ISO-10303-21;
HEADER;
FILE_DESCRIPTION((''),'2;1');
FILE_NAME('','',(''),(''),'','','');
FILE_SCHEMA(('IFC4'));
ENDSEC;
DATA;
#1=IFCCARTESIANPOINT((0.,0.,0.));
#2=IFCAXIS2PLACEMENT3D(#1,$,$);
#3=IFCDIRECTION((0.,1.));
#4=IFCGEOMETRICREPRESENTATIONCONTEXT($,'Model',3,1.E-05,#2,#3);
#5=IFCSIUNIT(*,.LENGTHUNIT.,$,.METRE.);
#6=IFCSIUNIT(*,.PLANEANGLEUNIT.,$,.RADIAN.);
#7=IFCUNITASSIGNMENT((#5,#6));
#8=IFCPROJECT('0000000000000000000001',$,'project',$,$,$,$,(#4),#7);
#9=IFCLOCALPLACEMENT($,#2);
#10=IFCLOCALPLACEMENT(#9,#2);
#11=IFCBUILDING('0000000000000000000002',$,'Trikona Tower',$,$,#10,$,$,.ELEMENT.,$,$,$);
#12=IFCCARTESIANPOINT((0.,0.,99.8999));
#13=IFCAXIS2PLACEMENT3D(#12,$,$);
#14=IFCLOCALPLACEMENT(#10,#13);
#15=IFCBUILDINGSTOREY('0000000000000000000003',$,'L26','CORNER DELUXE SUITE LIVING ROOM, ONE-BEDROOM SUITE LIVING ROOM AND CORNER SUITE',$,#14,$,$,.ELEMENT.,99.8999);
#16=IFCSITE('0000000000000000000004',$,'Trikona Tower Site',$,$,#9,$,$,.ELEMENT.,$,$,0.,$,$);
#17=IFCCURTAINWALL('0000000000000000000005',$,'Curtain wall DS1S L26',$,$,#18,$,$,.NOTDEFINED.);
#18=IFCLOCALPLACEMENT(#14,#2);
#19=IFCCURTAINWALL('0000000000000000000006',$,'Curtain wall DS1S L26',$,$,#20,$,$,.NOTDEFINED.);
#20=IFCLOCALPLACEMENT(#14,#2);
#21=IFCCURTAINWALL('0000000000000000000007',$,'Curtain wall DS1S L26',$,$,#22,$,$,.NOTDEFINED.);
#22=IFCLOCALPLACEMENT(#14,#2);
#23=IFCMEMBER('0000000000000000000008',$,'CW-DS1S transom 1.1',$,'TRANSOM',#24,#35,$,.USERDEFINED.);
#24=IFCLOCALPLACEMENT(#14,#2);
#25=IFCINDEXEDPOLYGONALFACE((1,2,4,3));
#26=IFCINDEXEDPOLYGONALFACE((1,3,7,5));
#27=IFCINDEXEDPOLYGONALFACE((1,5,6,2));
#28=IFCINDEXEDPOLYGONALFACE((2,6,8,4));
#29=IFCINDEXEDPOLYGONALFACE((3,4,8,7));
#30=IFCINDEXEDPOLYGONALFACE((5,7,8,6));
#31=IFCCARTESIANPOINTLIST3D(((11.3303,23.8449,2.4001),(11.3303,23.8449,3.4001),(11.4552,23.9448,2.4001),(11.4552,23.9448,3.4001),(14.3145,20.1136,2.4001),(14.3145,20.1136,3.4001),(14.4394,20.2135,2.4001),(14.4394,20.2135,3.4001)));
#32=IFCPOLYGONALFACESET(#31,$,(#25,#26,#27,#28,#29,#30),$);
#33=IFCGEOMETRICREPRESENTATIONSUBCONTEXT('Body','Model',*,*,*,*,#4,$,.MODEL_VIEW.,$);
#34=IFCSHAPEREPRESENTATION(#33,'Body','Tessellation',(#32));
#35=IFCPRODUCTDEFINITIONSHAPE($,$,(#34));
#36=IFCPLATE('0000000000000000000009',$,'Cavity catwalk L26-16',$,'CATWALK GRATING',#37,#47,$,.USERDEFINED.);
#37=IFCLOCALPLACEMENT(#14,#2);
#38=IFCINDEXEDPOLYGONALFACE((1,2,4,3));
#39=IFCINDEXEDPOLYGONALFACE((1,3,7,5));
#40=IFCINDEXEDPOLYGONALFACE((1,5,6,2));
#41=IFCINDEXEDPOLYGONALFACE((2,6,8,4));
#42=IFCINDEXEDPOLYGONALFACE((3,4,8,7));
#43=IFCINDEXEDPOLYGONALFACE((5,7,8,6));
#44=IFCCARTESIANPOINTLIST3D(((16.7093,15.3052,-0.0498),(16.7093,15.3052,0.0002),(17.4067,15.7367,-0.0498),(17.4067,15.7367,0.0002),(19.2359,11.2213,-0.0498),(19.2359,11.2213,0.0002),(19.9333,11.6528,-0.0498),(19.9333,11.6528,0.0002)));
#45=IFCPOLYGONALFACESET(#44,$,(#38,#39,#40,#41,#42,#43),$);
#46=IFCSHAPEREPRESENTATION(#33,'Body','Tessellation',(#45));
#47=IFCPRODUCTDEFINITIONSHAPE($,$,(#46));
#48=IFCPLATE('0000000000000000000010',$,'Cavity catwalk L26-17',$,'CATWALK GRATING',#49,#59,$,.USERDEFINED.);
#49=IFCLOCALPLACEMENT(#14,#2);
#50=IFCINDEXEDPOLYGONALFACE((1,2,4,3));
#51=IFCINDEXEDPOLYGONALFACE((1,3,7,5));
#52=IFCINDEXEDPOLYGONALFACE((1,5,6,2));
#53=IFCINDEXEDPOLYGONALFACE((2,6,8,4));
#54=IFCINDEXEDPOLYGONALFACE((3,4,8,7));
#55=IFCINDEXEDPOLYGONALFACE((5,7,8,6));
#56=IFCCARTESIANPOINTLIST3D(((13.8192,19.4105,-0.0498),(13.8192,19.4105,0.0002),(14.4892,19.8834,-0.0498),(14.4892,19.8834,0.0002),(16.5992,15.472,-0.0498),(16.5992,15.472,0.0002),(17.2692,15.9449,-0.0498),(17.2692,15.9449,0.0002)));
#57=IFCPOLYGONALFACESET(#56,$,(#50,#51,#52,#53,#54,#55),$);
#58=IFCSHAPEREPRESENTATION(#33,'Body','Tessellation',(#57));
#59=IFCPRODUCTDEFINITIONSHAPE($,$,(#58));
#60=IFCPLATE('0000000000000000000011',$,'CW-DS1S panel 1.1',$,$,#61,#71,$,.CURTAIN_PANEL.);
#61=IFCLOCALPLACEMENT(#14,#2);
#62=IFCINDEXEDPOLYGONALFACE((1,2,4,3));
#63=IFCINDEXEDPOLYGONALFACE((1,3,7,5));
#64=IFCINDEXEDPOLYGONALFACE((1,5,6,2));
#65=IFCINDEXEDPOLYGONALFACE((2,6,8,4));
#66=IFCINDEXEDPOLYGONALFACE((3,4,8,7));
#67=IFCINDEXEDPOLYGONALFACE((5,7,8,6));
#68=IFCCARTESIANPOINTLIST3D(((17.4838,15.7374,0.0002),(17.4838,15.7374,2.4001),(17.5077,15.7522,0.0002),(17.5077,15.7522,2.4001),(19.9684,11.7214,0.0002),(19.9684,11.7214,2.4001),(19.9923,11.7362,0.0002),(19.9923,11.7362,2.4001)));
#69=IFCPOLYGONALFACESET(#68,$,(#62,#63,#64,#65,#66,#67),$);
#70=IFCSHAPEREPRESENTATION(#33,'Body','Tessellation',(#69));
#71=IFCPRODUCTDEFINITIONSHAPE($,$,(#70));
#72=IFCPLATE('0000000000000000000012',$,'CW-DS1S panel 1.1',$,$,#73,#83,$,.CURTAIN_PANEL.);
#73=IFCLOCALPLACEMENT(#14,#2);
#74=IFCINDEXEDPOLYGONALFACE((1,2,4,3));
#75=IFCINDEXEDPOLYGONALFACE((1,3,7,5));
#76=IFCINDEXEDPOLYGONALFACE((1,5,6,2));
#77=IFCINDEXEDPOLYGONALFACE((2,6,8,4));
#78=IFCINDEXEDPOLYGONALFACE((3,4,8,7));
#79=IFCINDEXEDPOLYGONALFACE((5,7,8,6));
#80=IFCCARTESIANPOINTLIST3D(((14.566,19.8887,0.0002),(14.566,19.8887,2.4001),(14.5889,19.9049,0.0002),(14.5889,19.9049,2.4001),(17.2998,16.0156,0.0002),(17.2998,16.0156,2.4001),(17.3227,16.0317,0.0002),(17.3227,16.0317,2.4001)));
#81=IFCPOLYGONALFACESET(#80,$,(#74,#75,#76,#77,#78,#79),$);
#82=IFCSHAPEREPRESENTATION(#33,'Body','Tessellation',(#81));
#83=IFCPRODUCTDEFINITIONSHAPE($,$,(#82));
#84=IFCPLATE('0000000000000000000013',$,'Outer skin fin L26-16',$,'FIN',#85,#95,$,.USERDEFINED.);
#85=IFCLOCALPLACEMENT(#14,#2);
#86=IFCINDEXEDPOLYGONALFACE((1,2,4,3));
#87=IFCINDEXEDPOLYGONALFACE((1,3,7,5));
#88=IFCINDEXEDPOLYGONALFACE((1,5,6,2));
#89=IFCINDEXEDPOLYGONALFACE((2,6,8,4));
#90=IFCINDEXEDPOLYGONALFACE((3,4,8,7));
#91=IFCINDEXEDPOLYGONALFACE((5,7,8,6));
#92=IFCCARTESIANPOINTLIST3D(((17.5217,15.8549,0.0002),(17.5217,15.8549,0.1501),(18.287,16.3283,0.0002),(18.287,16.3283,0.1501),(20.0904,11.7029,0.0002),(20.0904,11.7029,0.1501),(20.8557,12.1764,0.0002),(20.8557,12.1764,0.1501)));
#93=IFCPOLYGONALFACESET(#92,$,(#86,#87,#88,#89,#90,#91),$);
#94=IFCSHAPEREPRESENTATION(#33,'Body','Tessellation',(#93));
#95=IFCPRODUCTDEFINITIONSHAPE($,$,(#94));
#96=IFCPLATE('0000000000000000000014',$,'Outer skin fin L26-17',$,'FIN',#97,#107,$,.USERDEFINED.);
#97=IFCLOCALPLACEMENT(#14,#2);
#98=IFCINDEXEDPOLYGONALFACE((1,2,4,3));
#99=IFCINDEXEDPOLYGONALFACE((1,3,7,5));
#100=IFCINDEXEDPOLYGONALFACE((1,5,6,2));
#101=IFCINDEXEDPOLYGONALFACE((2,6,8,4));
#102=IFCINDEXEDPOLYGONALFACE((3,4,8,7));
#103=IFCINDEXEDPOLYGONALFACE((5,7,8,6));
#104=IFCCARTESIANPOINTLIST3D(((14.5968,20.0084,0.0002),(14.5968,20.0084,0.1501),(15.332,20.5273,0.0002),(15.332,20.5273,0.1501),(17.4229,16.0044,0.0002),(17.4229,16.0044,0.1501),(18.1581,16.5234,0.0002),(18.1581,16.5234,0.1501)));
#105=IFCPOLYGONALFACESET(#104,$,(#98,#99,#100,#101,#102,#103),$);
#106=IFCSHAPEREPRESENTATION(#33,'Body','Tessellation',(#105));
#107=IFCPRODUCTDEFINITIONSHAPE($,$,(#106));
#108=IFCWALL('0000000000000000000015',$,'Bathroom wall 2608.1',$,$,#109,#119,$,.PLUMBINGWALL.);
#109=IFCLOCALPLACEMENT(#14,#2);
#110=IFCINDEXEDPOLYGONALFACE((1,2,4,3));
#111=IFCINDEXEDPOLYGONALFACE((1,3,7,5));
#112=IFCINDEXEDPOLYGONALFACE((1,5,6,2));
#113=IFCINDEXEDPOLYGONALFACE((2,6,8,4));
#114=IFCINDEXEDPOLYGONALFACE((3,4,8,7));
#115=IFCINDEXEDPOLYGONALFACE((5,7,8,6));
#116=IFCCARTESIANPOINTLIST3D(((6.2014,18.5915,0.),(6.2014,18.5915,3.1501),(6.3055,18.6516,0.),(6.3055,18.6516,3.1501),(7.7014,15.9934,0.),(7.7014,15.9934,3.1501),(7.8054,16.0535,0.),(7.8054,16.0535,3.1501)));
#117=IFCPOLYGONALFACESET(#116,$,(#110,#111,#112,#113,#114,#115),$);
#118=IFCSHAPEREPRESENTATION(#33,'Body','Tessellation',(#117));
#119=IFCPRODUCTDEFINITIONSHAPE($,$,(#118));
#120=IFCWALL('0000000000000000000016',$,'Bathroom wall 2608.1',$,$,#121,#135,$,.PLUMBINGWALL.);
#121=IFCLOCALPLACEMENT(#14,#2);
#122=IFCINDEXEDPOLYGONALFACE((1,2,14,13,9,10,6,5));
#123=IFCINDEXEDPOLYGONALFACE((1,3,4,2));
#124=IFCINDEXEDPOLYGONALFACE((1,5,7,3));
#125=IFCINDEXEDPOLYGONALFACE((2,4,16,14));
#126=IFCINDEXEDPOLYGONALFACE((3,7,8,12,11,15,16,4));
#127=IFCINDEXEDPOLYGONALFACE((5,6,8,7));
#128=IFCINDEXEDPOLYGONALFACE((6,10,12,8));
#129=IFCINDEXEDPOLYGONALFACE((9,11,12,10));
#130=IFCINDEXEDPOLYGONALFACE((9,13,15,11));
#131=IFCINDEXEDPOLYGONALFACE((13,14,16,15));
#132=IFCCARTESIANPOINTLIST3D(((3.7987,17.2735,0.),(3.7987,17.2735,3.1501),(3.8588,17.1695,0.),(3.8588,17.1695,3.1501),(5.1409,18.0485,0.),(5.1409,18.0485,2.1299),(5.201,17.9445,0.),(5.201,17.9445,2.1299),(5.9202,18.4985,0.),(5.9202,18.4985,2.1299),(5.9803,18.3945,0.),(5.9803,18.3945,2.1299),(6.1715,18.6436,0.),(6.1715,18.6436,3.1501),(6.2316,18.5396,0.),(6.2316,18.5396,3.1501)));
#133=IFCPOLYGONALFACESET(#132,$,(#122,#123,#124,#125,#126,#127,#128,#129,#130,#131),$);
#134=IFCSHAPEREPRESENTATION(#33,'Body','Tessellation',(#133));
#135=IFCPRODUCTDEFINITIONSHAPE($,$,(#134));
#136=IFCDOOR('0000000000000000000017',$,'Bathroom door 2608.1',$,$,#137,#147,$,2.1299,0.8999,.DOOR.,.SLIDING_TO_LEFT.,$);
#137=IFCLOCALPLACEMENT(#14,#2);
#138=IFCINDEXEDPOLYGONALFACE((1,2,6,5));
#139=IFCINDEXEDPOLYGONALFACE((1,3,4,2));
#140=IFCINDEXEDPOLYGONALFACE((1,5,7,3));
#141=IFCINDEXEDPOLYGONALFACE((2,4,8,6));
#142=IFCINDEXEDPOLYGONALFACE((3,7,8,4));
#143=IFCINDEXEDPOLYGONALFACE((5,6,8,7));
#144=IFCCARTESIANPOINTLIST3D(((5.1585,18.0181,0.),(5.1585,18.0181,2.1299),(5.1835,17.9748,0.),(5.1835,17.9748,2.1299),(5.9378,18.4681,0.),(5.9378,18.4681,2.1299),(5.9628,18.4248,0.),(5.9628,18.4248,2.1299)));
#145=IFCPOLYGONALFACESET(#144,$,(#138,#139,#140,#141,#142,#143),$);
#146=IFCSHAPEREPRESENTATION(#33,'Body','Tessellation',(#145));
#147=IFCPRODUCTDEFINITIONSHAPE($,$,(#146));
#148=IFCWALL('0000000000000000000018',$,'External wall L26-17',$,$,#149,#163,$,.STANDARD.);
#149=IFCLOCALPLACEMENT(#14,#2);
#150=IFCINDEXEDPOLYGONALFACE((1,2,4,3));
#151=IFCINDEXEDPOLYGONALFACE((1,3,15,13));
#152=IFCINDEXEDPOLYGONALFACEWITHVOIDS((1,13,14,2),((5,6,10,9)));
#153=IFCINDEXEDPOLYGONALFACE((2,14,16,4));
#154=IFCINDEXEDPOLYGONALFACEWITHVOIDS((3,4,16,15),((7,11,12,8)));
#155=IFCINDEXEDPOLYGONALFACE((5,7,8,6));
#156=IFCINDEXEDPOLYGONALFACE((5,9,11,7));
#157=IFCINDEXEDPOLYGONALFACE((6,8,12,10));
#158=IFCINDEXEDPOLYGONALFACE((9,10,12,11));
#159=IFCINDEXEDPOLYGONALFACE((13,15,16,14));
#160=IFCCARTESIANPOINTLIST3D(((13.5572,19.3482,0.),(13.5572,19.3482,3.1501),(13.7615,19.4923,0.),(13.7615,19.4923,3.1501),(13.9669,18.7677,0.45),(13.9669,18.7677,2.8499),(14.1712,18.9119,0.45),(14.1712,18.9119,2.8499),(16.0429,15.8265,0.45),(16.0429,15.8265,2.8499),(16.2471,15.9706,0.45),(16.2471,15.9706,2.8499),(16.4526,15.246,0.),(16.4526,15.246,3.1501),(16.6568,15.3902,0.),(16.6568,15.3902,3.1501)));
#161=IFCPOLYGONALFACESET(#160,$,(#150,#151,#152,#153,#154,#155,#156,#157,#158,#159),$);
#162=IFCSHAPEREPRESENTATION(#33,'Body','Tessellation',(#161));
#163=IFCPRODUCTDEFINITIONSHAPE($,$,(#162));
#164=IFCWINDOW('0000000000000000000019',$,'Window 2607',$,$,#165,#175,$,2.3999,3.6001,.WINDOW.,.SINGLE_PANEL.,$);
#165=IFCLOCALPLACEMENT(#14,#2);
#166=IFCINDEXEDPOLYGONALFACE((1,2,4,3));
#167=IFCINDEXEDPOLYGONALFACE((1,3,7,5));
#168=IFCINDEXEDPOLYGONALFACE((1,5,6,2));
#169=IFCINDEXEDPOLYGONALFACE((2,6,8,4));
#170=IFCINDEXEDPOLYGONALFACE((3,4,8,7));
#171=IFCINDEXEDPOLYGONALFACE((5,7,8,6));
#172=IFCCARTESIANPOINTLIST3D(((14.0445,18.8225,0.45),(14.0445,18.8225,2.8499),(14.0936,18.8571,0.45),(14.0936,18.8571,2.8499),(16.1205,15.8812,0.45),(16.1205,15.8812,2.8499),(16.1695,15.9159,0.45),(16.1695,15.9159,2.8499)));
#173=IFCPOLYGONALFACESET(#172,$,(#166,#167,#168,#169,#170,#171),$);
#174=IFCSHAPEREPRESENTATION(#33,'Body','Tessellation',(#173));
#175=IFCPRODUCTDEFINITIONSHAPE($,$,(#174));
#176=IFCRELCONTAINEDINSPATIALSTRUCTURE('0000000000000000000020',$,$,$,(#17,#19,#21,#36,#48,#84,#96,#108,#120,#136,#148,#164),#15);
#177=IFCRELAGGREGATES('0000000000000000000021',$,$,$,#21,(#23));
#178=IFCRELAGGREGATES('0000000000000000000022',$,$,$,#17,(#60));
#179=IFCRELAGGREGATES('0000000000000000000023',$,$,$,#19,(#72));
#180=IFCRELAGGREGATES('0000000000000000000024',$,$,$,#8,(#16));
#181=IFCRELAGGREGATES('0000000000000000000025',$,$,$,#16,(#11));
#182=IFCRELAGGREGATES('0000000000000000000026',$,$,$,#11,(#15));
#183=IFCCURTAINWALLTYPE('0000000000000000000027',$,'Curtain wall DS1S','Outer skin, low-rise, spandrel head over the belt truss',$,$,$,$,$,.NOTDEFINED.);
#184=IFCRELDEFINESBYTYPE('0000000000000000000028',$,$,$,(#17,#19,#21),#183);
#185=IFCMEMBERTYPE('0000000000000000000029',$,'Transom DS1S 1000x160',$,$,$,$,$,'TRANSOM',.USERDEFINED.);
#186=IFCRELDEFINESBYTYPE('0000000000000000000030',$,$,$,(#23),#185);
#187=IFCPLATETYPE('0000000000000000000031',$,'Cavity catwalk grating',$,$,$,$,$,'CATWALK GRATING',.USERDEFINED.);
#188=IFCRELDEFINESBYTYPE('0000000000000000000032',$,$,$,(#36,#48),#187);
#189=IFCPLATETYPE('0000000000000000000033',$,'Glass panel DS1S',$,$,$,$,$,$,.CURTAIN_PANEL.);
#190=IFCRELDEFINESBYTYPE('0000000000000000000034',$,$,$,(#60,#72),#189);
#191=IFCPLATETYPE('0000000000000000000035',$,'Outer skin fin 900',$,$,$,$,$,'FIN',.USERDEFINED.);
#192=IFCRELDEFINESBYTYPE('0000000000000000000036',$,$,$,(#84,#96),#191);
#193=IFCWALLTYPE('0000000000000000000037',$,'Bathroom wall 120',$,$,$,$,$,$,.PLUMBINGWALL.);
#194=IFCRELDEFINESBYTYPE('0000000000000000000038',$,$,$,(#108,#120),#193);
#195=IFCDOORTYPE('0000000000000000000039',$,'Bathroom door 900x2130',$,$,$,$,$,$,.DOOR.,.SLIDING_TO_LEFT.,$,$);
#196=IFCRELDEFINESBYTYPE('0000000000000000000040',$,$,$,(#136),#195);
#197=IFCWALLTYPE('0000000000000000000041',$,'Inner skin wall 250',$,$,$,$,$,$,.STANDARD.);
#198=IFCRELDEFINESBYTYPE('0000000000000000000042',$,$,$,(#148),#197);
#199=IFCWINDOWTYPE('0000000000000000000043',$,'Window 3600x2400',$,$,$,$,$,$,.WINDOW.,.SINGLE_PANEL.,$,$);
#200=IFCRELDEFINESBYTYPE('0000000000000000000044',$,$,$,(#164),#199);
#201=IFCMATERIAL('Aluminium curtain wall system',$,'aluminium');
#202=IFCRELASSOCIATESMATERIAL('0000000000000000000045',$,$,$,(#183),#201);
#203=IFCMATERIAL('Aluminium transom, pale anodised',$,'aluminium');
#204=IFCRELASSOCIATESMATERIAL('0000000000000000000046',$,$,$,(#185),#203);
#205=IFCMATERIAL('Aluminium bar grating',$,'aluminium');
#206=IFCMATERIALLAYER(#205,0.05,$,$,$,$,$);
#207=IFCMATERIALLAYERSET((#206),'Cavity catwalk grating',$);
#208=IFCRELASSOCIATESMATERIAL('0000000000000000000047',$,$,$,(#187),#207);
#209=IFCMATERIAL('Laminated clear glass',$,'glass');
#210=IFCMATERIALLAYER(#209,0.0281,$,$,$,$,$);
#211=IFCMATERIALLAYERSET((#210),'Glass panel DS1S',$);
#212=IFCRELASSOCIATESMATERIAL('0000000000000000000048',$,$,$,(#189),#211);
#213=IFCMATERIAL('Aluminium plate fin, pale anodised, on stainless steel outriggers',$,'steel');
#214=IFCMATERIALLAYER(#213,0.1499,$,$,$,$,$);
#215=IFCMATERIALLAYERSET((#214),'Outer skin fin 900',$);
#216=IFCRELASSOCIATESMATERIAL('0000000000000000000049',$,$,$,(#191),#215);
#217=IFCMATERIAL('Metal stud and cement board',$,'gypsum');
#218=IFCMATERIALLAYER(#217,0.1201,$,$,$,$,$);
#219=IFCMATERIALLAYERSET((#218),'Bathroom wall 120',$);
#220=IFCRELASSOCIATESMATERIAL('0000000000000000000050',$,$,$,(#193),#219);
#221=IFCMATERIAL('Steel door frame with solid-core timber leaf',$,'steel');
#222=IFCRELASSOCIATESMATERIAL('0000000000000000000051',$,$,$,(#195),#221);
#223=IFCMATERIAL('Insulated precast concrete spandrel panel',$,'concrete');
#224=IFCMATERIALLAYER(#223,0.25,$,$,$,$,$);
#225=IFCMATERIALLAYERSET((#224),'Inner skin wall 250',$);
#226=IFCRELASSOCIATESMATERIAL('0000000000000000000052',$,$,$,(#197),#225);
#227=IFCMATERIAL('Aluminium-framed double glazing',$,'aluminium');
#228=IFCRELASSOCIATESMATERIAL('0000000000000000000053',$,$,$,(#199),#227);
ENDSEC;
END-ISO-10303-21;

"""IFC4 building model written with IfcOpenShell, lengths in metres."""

from ifc_helpers import new_model, si_unit, direction, frame, frame_2d, origin, origin_2d, place, context, subcontext, project, spatial, rectangle, extrude, material, layer, layer_set, material_profile, profile_set, type_object, element, fill, aggregate, save


model = new_model("IFC4")

# Units and contexts
model_context = context("Model", 3, precision=1e-05, world=origin(), true_north=direction((0.0, 1.0)))
body_context = subcontext(model_context, "Body", "Model", "MODEL_VIEW")
ifc_project = project(units=[si_unit("LENGTHUNIT", "METRE"), si_unit("PLANEANGLEUNIT", "RADIAN")], contexts=[model_context])

# Site, building, storey
site_placement = place(None, origin())
site = spatial("IfcSite", under=ifc_project, at=site_placement, Name="Trikona Tower Site", CompositionType="ELEMENT", RefElevation=0.0)
building_placement = place(site_placement, origin())
building = spatial("IfcBuilding", under=site, at=building_placement, Name="Trikona Tower", CompositionType="ELEMENT")
storey_placement = place(building_placement, frame((0.0, 0.0, 99.8999)))
storey = spatial("IfcBuildingStorey", under=building, at=storey_placement, Name="L26", Description="CORNER DELUXE SUITE LIVING ROOM, ONE-BEDROOM SUITE LIVING ROOM AND CORNER SUITE", CompositionType="ELEMENT", Elevation=99.8999)

# Curtain wall
ifc_material_1 = material(Name="Aluminium curtain wall system", Category="aluminium")
curtain_wall_type = type_object("IfcCurtainWallType", Name="Curtain wall DS1S", Description="Outer skin, low-rise, spandrel head over the belt truss", PredefinedType="NOTDEFINED", material=ifc_material_1)
curtain_wall_1_placement = place(storey_placement, origin())
curtain_wall_1 = element("IfcCurtainWall", 1, at=curtain_wall_1_placement, inside=storey, type_object=curtain_wall_type, Name="Curtain wall DS1S L26", PredefinedType="NOTDEFINED")

# Curtain wall
curtain_wall_2_placement = place(storey_placement, origin())
curtain_wall_2 = element("IfcCurtainWall", 2, at=curtain_wall_2_placement, inside=storey, type_object=curtain_wall_type, Name="Curtain wall DS1S L26", PredefinedType="NOTDEFINED")

# Curtain wall
curtain_wall_3_placement = place(storey_placement, origin())
curtain_wall_3 = element("IfcCurtainWall", 3, at=curtain_wall_3_placement, inside=storey, type_object=curtain_wall_type, Name="Curtain wall DS1S L26", PredefinedType="NOTDEFINED")

# Member
ifc_material_2 = material(Name="Aluminium transom, pale anodised", Category="aluminium")
ifc_material_profile_1 = material_profile(ifc_material_2, rectangle(XDim=0.1599, YDim=1.0, at=origin_2d()), Name="TRN-DS1S")
ifc_profile_set_1 = profile_set([ifc_material_profile_1], Name="Aluminium transom, pale anodised")
member_type_1 = type_object("IfcMemberType", Name="Transom DS1S 1000x160", ElementType="TRANSOM", PredefinedType="USERDEFINED", material=ifc_profile_set_1)
member_1_placement = place(storey_placement, frame((14.377, 20.1636, 2.9001), z_axis=(-0.624589, 0.780954, 0.0), x_axis=(-0.780954, -0.624589, 0.0)))
member_1 = element("IfcMember", 4, at=member_1_placement, type_object=member_type_1, Name="CW-DS1S transom 1.1", ObjectType="TRANSOM", PredefinedType="USERDEFINED", context=body_context, shape_type="SweptSolid", body=[
    extrude(rectangle(XDim=0.1599, YDim=1.0, at=origin_2d()), origin(), (0.0, 0.0, 1.0), 4.7778),
])
aggregate(curtain_wall_3, [member_1])

# Plates
ifc_material_3 = material(Name="Aluminium bar grating", Category="aluminium")
ifc_layer_1 = layer(ifc_material_3, 0.05)
ifc_layer_set_1 = layer_set([ifc_layer_1], Name="Cavity catwalk grating")
plate_type_1 = type_object("IfcPlateType", Name="Cavity catwalk grating", ElementType="CATWALK GRATING", PredefinedType="USERDEFINED", material=ifc_layer_set_1)
plate_1_placement = place(storey_placement, frame((18.3213, 13.479, -0.0498), z_axis=(0.0, 0.0, 1.0), x_axis=(-0.526119, 0.850411, 0.0)))
element("IfcPlate", 5, at=plate_1_placement, inside=storey, type_object=plate_type_1, Name="Cavity catwalk L26-16", ObjectType="CATWALK GRATING", PredefinedType="USERDEFINED", context=body_context, shape_type="SweptSolid", body=[
    extrude(rectangle(XDim=4.8022, YDim=0.8201, at=origin_2d()), origin(), (0.0, 0.0, 1.0), 0.05),
])
plate_2_placement = place(storey_placement, frame((15.5442, 17.6777, -0.0498), z_axis=(0.0, 0.0, 1.0), x_axis=(-0.576662, 0.816983, 0.0)))
element("IfcPlate", 6, at=plate_2_placement, inside=storey, type_object=plate_type_1, Name="Cavity catwalk L26-17", ObjectType="CATWALK GRATING", PredefinedType="USERDEFINED", context=body_context, shape_type="SweptSolid", body=[
    extrude(rectangle(XDim=4.8208, YDim=0.8201, at=origin_2d()), origin(), (0.0, 0.0, 1.0), 0.05),
])

# Plates
ifc_material_4 = material(Name="Laminated clear glass", Category="glass")
ifc_layer_2 = layer(ifc_material_4, 0.0281)
ifc_layer_set_2 = layer_set([ifc_layer_2], Name="Glass panel DS1S")
plate_type_2 = type_object("IfcPlateType", Name="Glass panel DS1S", PredefinedType="CURTAIN_PANEL", material=ifc_layer_set_2)
plate_3_placement = place(storey_placement, frame((18.738, 13.7368, 0.0002), z_axis=(0.0, 0.0, 1.0), x_axis=(-0.52612, 0.85041, 0.0)))
plate_3 = element("IfcPlate", 7, at=plate_3_placement, type_object=plate_type_2, Name="CW-DS1S panel 1.1", PredefinedType="CURTAIN_PANEL", context=body_context, shape_type="SweptSolid", body=[
    extrude(rectangle(XDim=4.7224, YDim=0.0281, at=origin_2d()), origin(), (0.0, 0.0, 1.0), 2.3999),
])
aggregate(curtain_wall_1, [plate_3])
plate_4_placement = place(storey_placement, frame((15.9443, 17.9602, 0.0002), z_axis=(0.0, 0.0, 1.0), x_axis=(-0.576658, 0.816985, 0.0)))
plate_4 = element("IfcPlate", 8, at=plate_4_placement, type_object=plate_type_2, Name="CW-DS1S panel 1.1", PredefinedType="CURTAIN_PANEL", context=body_context, shape_type="SweptSolid", body=[
    extrude(rectangle(XDim=4.7407, YDim=0.0281, at=origin_2d()), origin(), (0.0, 0.0, 1.0), 2.3999),
])
aggregate(curtain_wall_2, [plate_4])

# Plates
ifc_material_5 = material(Name="Aluminium plate fin, pale anodised, on stainless steel outriggers", Category="steel")
ifc_layer_3 = layer(ifc_material_5, 0.1499)
ifc_layer_set_3 = layer_set([ifc_layer_3], Name="Outer skin fin 900")
plate_type_3 = type_object("IfcPlateType", Name="Outer skin fin 900", ElementType="FIN", PredefinedType="USERDEFINED", material=ifc_layer_set_3)
plate_5_placement = place(storey_placement, frame((19.1887, 14.0156, 0.0002), z_axis=(0.0, 0.0, 1.0), x_axis=(-0.526119, 0.850411, 0.0)))
element("IfcPlate", 9, at=plate_5_placement, inside=storey, type_object=plate_type_3, Name="Outer skin fin L26-16", ObjectType="FIN", PredefinedType="USERDEFINED", context=body_context, shape_type="SweptSolid", body=[
    extrude(rectangle(XDim=4.8823, YDim=0.8999, at=origin_2d()), origin(), (0.0, 0.0, 1.0), 0.1499),
])
plate_6_placement = place(storey_placement, frame((16.3774, 18.2659, 0.0002), z_axis=(0.0, 0.0, 1.0), x_axis=(-0.576662, 0.816983, 0.0)))
element("IfcPlate", 10, at=plate_6_placement, inside=storey, type_object=plate_type_3, Name="Outer skin fin L26-17", ObjectType="FIN", PredefinedType="USERDEFINED", context=body_context, shape_type="SweptSolid", body=[
    extrude(rectangle(XDim=4.9009, YDim=0.8999, at=origin_2d()), origin(), (0.0, 0.0, 1.0), 0.1499),
])

# Wall
ifc_material_6 = material(Name="Metal stud and cement board", Category="gypsum")
ifc_layer_4 = layer(ifc_material_6, 0.1201)
ifc_layer_set_4 = layer_set([ifc_layer_4], Name="Bathroom wall 120")
wall_type_1 = type_object("IfcWallType", Name="Bathroom wall 120", PredefinedType="PLUMBINGWALL", material=ifc_layer_set_4)
wall_1_placement = place(storey_placement, frame((7.7534, 16.0234, 0.0), z_axis=(0.0, 0.0, 1.0), x_axis=(-0.49999, 0.866031, 0.0)))
element("IfcWall", 11, at=wall_1_placement, inside=storey, type_object=wall_type_1, Name="Bathroom wall 2608.1", PredefinedType="PLUMBINGWALL", context=body_context, shape_type="SweptSolid", body=[
    extrude(rectangle(XDim=3.0, YDim=0.1201, at=frame_2d((1.5, 0.0))), origin(), (0.0, 0.0, 1.0), 3.1501),
])

# Wall, opening, door
wall_2_placement = place(storey_placement, frame((3.8286, 17.2214, 0.0), z_axis=(0.0, 0.0, 1.0), x_axis=(0.865997, 0.500049, 0.0)))
wall_2 = element("IfcWall", 12, at=wall_2_placement, inside=storey, type_object=wall_type_1, Name="Bathroom wall 2608.1", PredefinedType="PLUMBINGWALL", context=body_context, shape_type="SweptSolid", body=[
    extrude(rectangle(XDim=2.74, YDim=0.1201, at=frame_2d((1.3701, 0.0))), origin(), (0.0, 0.0, 1.0), 3.1501),
])
opening_1_placement = place(wall_2_placement, frame((1.55, 0.0, 0.0)))
opening_1 = element("IfcOpeningElement", 13, at=opening_1_placement, cuts=wall_2, PredefinedType="OPENING", context=body_context, shape_type="SweptSolid", body=[
    extrude(rectangle(XDim=0.8999, YDim=2.1299, at=frame_2d((0.45, 1.0649))), frame((0.0, 0.0701, 0.0), z_axis=(0.0, -1.0, 0.0), x_axis=(1.0, 0.0, 0.0)), (0.0, 0.0, 1.0), 0.1401),
])
ifc_material_7 = material(Name="Steel door frame with solid-core timber leaf", Category="steel")
door_type_1 = type_object("IfcDoorType", Name="Bathroom door 900x2130", OperationType="SLIDING_TO_LEFT", PredefinedType="DOOR", material=ifc_material_7)
door_1_placement = place(opening_1_placement, origin())
door_1 = element("IfcDoor", 14, at=door_1_placement, inside=storey, type_object=door_type_1, Name="Bathroom door 2608.1", OperationType="SLIDING_TO_LEFT", OverallHeight=2.1299, OverallWidth=0.8999, PredefinedType="DOOR", context=body_context, shape_type="SweptSolid", body=[
    extrude(rectangle(XDim=0.8999, YDim=2.1299, at=frame_2d((0.45, 1.0649))), frame((0.0, 0.0249, 0.0), z_axis=(0.0, -1.0, 0.0), x_axis=(1.0, 0.0, 0.0)), (0.0, 0.0, 1.0), 0.05),
])
fill(opening_1, door_1)

# Wall, opening, window
ifc_material_8 = material(Name="Insulated precast concrete spandrel panel", Category="concrete")
ifc_layer_5 = layer(ifc_material_8, 0.25)
ifc_layer_set_5 = layer_set([ifc_layer_5], Name="Inner skin wall 250")
wall_type_2 = type_object("IfcWallType", Name="Inner skin wall 250", PredefinedType="STANDARD", material=ifc_layer_set_5)
wall_3_placement = place(storey_placement, frame((16.5547, 15.3181, 0.0), z_axis=(0.0, 0.0, 1.0), x_axis=(-0.576643, 0.816996, 0.0)))
wall_3 = element("IfcWall", 15, at=wall_3_placement, inside=storey, type_object=wall_type_2, Name="External wall L26-17", PredefinedType="STANDARD", context=body_context, shape_type="SweptSolid", body=[
    extrude(rectangle(XDim=5.021, YDim=0.25, at=frame_2d((2.5105, 0.0))), origin(), (0.0, 0.0, 1.0), 3.1501),
])
opening_2_placement = place(wall_3_placement, frame((0.7104, 0.0, 0.45)))
opening_2 = element("IfcOpeningElement", 16, at=opening_2_placement, cuts=wall_3, PredefinedType="OPENING", context=body_context, shape_type="SweptSolid", body=[
    extrude(rectangle(XDim=3.6001, YDim=2.3999, at=frame_2d((1.8, 1.2))), frame((0.0, 0.135, 0.0), z_axis=(0.0, -1.0, 0.0), x_axis=(1.0, 0.0, 0.0)), (0.0, 0.0, 1.0), 0.27),
])
ifc_material_9 = material(Name="Aluminium-framed double glazing", Category="aluminium")
window_type = type_object("IfcWindowType", Name="Window 3600x2400", PartitioningType="SINGLE_PANEL", PredefinedType="WINDOW", material=ifc_material_9)
window_1_placement = place(opening_2_placement, origin())
window_1 = element("IfcWindow", 17, at=window_1_placement, inside=storey, type_object=window_type, Name="Window 2607", OverallHeight=2.3999, OverallWidth=3.6001, PartitioningType="SINGLE_PANEL", PredefinedType="WINDOW", context=body_context, shape_type="SweptSolid", body=[
    extrude(rectangle(XDim=3.6001, YDim=2.3999, at=frame_2d((1.8, 1.2))), frame((0.0, 0.03, 0.0), z_axis=(0.0, -1.0, 0.0), x_axis=(1.0, 0.0, 0.0)), (0.0, 0.0, 1.0), 0.0601),
])
fill(opening_2, window_1)

save(model, "model.ifc")
